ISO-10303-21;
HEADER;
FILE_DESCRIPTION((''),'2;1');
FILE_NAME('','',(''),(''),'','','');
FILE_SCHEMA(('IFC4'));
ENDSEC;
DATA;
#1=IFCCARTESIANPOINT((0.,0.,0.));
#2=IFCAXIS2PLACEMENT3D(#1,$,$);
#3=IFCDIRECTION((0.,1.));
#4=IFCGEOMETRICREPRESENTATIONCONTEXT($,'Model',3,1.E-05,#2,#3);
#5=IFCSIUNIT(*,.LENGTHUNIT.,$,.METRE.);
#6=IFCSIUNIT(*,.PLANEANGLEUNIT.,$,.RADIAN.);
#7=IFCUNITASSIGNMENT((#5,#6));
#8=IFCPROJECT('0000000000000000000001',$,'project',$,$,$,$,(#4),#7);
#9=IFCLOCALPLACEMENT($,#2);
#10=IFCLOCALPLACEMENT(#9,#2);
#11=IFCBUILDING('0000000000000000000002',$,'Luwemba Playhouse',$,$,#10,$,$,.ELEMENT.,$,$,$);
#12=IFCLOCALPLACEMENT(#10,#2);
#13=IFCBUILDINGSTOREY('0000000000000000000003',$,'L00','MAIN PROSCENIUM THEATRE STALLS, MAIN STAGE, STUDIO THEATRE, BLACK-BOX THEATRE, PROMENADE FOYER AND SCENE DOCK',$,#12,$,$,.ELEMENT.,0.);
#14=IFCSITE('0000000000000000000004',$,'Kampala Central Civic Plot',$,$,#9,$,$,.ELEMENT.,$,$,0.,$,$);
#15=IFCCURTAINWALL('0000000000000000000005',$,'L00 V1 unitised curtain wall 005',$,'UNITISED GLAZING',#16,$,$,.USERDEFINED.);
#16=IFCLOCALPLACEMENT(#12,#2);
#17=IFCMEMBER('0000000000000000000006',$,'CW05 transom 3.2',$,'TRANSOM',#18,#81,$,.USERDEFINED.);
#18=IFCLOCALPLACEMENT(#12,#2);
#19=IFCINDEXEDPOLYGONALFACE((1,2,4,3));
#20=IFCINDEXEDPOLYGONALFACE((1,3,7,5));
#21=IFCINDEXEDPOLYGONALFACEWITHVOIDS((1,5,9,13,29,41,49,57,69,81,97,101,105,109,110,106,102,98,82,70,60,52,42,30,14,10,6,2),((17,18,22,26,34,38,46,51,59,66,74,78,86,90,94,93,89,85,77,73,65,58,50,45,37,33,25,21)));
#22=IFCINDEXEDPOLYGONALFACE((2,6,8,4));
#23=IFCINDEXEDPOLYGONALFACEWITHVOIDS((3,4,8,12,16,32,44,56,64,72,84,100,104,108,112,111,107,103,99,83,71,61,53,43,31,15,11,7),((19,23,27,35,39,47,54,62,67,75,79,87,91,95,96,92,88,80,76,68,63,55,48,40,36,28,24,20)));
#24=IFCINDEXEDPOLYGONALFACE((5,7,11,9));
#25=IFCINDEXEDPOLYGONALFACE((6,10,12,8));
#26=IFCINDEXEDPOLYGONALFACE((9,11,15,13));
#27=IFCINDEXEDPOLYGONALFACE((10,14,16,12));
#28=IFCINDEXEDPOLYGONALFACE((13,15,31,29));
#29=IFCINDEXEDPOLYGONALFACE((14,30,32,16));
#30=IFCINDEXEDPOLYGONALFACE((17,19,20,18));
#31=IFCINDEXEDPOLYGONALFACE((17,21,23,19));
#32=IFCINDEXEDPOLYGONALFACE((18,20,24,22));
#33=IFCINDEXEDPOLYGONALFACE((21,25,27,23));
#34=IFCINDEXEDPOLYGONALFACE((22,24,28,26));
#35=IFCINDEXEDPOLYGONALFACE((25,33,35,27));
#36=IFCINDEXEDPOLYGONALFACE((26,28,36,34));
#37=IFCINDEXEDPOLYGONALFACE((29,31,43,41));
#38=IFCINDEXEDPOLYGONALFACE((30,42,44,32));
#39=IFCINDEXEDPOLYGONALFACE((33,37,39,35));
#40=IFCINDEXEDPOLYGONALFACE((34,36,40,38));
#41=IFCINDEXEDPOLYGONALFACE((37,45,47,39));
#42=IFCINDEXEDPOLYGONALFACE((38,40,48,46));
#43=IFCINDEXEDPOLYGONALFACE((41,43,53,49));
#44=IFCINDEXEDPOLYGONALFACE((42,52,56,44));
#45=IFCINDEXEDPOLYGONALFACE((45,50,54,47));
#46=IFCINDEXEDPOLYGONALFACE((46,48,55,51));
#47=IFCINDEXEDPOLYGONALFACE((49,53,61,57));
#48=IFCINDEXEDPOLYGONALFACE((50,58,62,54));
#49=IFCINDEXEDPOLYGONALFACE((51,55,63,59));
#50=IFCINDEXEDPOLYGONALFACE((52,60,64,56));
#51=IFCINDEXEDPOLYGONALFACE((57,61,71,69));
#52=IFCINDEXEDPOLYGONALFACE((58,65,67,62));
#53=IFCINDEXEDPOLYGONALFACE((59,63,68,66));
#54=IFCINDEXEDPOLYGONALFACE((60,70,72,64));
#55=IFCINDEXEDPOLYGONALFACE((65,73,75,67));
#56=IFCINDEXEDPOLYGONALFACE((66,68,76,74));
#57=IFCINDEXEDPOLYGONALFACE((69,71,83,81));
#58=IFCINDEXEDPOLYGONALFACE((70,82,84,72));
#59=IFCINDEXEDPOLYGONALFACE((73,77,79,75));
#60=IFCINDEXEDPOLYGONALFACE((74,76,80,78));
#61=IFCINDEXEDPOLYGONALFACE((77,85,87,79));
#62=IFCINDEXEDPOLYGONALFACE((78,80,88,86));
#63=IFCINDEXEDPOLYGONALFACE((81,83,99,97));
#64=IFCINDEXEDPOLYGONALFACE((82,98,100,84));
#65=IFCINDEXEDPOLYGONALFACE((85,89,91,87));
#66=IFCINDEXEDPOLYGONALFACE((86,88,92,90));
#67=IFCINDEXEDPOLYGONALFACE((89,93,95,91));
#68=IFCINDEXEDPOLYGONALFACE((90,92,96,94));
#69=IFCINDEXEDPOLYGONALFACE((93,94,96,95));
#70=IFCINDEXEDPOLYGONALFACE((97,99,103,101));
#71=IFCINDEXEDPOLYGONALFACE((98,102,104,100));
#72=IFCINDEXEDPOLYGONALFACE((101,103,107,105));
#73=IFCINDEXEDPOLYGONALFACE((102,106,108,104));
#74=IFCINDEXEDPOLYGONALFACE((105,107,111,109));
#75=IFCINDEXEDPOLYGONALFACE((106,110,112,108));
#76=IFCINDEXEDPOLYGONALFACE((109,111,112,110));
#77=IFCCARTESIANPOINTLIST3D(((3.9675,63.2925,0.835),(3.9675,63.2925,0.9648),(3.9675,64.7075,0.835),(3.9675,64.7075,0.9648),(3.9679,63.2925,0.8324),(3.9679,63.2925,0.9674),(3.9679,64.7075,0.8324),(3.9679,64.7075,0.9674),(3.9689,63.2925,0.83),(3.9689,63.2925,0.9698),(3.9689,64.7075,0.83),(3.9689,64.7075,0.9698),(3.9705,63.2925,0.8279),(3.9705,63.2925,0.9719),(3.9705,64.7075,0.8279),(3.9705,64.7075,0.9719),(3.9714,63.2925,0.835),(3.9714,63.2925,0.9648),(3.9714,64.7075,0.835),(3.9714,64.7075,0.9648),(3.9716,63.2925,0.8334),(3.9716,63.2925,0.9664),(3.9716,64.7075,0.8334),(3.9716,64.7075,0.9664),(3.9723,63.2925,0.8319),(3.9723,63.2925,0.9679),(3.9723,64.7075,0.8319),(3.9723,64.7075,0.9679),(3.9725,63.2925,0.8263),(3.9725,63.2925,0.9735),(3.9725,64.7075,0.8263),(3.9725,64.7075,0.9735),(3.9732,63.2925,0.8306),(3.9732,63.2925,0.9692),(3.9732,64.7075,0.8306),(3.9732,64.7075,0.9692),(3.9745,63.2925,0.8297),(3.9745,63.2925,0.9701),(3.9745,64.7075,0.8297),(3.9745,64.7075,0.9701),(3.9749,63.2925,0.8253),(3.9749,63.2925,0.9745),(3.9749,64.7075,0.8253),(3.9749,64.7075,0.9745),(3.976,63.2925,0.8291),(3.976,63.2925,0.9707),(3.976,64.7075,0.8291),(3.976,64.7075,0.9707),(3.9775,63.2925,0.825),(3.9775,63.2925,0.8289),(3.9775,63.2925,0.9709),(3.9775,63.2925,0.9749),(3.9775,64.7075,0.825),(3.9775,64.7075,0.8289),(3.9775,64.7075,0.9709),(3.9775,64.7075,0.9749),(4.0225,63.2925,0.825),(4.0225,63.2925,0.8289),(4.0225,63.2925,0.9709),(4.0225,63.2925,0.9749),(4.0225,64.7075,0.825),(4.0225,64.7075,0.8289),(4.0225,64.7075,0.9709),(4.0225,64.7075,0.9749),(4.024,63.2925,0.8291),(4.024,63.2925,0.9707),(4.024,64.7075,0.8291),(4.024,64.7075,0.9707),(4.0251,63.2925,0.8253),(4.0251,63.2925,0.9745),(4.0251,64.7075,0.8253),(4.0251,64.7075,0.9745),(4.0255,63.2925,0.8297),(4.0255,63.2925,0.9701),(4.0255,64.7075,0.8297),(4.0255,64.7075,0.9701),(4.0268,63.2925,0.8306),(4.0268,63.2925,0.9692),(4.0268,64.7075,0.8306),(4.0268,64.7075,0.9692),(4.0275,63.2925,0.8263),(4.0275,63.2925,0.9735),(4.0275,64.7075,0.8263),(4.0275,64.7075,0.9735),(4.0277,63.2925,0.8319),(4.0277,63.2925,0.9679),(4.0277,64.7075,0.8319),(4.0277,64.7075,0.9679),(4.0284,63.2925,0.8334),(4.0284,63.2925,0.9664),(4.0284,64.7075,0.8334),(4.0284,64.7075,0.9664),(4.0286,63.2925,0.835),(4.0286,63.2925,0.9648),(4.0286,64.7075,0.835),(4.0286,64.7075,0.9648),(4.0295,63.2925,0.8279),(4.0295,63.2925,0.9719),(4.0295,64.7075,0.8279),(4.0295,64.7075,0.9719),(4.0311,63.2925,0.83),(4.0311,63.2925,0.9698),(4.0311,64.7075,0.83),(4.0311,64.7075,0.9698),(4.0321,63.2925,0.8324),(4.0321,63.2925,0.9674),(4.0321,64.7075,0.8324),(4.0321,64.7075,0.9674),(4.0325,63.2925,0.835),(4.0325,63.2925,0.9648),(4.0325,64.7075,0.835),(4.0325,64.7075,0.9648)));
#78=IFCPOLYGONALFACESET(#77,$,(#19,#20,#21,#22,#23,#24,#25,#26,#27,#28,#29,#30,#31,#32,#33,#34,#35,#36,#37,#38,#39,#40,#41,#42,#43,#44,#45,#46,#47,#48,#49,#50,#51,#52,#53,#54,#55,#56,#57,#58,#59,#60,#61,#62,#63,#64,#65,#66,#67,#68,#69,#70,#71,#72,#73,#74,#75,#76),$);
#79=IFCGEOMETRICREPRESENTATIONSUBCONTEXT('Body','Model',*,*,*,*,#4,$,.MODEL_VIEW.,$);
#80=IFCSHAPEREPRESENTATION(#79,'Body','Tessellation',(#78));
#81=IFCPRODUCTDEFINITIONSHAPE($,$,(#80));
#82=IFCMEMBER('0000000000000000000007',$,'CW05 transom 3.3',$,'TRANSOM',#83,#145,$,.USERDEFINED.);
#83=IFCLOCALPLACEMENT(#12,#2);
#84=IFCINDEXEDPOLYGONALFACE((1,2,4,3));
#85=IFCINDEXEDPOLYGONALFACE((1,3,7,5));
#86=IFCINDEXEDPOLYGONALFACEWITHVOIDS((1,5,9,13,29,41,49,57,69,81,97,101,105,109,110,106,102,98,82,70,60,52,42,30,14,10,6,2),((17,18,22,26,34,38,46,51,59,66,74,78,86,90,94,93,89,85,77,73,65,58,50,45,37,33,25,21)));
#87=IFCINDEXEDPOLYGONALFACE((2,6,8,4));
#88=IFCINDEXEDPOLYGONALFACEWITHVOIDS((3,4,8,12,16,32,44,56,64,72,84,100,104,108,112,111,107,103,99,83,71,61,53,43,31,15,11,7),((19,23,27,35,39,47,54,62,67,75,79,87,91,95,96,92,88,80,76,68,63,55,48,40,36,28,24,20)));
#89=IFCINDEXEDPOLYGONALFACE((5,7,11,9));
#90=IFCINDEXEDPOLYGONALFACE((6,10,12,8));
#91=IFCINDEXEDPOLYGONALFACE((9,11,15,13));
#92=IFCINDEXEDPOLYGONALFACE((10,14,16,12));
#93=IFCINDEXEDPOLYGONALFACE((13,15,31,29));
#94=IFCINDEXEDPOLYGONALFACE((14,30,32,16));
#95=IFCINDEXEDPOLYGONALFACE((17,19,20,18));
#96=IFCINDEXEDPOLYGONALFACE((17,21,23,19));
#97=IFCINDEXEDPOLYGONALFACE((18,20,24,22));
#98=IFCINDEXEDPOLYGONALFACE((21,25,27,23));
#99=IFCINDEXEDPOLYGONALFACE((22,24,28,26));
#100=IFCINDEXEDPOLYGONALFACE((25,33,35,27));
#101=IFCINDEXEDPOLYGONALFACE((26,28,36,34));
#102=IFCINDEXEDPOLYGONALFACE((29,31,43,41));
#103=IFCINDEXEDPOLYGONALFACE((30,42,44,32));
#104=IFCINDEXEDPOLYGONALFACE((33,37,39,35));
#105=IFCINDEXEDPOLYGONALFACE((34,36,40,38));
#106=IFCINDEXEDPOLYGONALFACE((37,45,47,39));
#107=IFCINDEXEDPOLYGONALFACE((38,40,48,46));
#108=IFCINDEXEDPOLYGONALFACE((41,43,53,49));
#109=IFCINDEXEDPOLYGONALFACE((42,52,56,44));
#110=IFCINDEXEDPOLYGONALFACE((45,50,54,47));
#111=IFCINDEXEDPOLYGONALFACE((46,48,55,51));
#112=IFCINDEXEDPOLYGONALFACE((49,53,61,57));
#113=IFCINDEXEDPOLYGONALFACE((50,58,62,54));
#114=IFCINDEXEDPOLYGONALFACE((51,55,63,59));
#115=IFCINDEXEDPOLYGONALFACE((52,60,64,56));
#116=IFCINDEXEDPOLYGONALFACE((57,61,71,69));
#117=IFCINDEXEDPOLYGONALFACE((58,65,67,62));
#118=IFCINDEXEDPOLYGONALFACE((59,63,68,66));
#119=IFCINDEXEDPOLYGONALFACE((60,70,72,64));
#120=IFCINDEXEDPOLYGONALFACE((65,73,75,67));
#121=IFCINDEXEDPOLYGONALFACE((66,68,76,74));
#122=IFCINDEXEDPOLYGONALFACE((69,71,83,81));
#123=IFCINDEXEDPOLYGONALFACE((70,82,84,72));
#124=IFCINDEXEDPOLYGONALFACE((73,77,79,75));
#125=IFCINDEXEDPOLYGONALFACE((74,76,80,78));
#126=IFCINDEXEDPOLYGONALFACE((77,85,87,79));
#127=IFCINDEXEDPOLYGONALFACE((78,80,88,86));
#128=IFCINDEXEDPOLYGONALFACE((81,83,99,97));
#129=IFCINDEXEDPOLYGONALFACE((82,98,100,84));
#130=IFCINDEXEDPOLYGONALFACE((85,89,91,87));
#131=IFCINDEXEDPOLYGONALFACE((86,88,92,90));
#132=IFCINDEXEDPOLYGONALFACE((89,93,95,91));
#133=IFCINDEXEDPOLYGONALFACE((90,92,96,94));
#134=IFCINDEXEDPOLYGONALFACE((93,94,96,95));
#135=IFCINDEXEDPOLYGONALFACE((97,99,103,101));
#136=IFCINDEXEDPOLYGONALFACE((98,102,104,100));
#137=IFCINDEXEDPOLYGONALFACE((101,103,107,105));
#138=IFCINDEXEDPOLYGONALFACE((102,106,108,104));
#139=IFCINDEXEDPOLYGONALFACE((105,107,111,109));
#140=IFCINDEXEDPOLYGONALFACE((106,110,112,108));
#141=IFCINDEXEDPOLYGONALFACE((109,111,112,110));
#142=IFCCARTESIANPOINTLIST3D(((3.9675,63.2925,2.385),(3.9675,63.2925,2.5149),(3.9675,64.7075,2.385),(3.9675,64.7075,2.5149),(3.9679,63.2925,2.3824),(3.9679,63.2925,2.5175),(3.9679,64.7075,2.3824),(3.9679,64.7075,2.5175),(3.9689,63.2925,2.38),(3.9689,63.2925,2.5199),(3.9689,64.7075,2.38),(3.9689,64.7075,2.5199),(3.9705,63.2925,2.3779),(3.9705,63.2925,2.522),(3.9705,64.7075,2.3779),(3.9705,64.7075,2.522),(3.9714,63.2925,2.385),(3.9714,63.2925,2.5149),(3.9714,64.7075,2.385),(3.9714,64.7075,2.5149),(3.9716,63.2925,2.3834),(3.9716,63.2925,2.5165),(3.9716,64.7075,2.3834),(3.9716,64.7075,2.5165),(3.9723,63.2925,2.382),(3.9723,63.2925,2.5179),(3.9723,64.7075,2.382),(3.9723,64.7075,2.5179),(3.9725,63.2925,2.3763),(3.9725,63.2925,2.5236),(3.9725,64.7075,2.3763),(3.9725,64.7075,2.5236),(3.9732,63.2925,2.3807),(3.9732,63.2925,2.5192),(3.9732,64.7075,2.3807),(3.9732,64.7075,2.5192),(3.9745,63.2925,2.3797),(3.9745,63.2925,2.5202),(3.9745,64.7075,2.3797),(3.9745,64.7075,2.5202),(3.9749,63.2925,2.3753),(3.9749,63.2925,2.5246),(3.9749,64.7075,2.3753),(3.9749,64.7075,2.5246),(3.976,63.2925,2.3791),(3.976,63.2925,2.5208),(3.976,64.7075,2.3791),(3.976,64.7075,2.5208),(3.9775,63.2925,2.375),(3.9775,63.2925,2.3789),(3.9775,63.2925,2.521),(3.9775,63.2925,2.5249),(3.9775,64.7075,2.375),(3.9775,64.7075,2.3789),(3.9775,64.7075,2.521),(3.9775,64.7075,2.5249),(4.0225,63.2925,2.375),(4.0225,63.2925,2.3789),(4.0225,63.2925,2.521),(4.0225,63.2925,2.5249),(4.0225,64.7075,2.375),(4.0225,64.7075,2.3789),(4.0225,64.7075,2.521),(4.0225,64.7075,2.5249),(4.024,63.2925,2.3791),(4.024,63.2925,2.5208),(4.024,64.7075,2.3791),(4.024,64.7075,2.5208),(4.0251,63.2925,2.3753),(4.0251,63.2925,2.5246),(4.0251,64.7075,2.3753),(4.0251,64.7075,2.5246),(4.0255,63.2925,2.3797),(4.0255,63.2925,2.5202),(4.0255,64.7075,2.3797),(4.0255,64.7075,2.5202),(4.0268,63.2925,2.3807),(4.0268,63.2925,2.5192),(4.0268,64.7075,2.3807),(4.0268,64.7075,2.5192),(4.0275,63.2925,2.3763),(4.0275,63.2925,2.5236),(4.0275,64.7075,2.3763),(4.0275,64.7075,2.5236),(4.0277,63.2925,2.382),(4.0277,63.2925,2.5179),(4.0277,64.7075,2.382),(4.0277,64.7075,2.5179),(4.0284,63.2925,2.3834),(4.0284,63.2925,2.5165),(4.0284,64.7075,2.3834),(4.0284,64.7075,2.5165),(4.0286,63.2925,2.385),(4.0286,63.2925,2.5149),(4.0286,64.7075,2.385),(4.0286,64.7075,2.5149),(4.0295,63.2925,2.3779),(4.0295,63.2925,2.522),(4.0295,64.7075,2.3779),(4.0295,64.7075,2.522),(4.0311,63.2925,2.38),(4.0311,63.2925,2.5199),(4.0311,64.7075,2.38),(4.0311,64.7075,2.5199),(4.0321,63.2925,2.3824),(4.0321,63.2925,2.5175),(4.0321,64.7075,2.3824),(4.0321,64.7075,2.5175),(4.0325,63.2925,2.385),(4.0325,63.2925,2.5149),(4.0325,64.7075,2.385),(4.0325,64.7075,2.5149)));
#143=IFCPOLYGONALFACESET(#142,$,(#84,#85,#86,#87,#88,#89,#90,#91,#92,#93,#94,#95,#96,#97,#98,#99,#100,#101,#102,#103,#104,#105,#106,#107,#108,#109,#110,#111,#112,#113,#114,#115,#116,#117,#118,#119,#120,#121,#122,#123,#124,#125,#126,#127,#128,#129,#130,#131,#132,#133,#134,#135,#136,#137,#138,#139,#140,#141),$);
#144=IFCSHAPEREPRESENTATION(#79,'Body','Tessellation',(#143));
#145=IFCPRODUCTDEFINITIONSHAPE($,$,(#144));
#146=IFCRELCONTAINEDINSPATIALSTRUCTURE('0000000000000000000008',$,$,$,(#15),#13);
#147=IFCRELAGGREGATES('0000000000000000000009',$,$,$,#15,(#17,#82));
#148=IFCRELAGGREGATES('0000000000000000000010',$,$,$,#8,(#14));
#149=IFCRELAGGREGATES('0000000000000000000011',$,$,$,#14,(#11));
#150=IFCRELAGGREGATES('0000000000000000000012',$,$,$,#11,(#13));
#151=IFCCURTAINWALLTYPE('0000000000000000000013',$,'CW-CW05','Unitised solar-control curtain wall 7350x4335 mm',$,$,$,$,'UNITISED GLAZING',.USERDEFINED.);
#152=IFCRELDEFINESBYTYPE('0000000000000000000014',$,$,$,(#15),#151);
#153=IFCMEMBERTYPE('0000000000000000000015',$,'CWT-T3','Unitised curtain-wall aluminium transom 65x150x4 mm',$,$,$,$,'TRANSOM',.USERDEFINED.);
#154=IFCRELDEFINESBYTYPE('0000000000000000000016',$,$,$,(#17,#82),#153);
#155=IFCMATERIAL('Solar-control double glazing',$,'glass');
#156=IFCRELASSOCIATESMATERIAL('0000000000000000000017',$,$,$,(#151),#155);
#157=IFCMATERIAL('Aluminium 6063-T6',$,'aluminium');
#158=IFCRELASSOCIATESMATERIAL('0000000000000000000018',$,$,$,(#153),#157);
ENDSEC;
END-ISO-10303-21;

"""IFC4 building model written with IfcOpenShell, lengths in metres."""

from ifc_helpers import new_model, si_unit, direction, frame, origin, origin_2d, place, context, subcontext, project, spatial, hollow_rectangle, extrude, material, material_profile, profile_set, type_object, element, aggregate, save


model = new_model("IFC4")

# Units and contexts
model_context = context("Model", 3, precision=1e-05, world=origin(), true_north=direction((0.0, 1.0)))
body_context = subcontext(model_context, "Body", "Model", "MODEL_VIEW")
ifc_project = project(units=[si_unit("LENGTHUNIT", "METRE"), si_unit("PLANEANGLEUNIT", "RADIAN")], contexts=[model_context])

# Site, building, storey
site_placement = place(None, origin())
site = spatial("IfcSite", under=ifc_project, at=site_placement, Name="Kampala Central Civic Plot", CompositionType="ELEMENT", RefElevation=0.0)
building_placement = place(site_placement, origin())
building = spatial("IfcBuilding", under=site, at=building_placement, Name="Luwemba Playhouse", CompositionType="ELEMENT")
storey_placement = place(building_placement, origin())
storey = spatial("IfcBuildingStorey", under=building, at=storey_placement, Name="L00", Description="MAIN PROSCENIUM THEATRE STALLS, MAIN STAGE, STUDIO THEATRE, BLACK-BOX THEATRE, PROMENADE FOYER AND SCENE DOCK", CompositionType="ELEMENT", Elevation=0.0)

# Curtain wall, members
ifc_material_1 = material(Name="Solar-control double glazing", Category="glass")
curtain_wall_type = type_object("IfcCurtainWallType", Name="CW-CW05", Description="Unitised solar-control curtain wall 7350x4335 mm", ElementType="UNITISED GLAZING", PredefinedType="USERDEFINED", material=ifc_material_1)
curtain_wall_placement = place(storey_placement, origin())
curtain_wall = element("IfcCurtainWall", 1, at=curtain_wall_placement, inside=storey, type_object=curtain_wall_type, Name="L00 V1 unitised curtain wall 005", ObjectType="UNITISED GLAZING", PredefinedType="USERDEFINED")
ifc_material_2 = material(Name="Aluminium 6063-T6", Category="aluminium")
ifc_material_profile_1 = material_profile(ifc_material_2, hollow_rectangle(XDim=0.0649, YDim=0.1499, WallThickness=0.0039, InnerFilletRadius=0.0061, OuterFilletRadius=0.01, at=origin_2d()))
ifc_profile_set_1 = profile_set([ifc_material_profile_1], Name="Aluminium 6063-T6")
member_type_1 = type_object("IfcMemberType", Name="CWT-T3", Description="Unitised curtain-wall aluminium transom 65x150x4 mm", ElementType="TRANSOM", PredefinedType="USERDEFINED", material=ifc_profile_set_1)
member_1_placement = place(storey_placement, frame((4.0, 63.2925, 0.8999), z_axis=(0.0, 1.0, 0.0), x_axis=(-1.0, 0.0, 0.0)))
member_1 = element("IfcMember", 2, at=member_1_placement, type_object=member_type_1, Name="CW05 transom 3.2", ObjectType="TRANSOM", PredefinedType="USERDEFINED", context=body_context, shape_type="SweptSolid", body=[
    extrude(hollow_rectangle(XDim=0.0649, YDim=0.1499, WallThickness=0.0039, InnerFilletRadius=0.0061, OuterFilletRadius=0.01, at=origin_2d()), origin(), (0.0, 0.0, 1.0), 1.415),
])
member_2_placement = place(storey_placement, frame((4.0, 63.2925, 2.45), z_axis=(0.0, 1.0, 0.0), x_axis=(-1.0, 0.0, 0.0)))
member_2 = element("IfcMember", 3, at=member_2_placement, type_object=member_type_1, Name="CW05 transom 3.3", ObjectType="TRANSOM", PredefinedType="USERDEFINED", context=body_context, shape_type="SweptSolid", body=[
    extrude(hollow_rectangle(XDim=0.0649, YDim=0.1499, WallThickness=0.0039, InnerFilletRadius=0.0061, OuterFilletRadius=0.01, at=origin_2d()), origin(), (0.0, 0.0, 1.0), 1.415),
])
aggregate(curtain_wall, [member_1, member_2])

save(model, "model.ifc")
